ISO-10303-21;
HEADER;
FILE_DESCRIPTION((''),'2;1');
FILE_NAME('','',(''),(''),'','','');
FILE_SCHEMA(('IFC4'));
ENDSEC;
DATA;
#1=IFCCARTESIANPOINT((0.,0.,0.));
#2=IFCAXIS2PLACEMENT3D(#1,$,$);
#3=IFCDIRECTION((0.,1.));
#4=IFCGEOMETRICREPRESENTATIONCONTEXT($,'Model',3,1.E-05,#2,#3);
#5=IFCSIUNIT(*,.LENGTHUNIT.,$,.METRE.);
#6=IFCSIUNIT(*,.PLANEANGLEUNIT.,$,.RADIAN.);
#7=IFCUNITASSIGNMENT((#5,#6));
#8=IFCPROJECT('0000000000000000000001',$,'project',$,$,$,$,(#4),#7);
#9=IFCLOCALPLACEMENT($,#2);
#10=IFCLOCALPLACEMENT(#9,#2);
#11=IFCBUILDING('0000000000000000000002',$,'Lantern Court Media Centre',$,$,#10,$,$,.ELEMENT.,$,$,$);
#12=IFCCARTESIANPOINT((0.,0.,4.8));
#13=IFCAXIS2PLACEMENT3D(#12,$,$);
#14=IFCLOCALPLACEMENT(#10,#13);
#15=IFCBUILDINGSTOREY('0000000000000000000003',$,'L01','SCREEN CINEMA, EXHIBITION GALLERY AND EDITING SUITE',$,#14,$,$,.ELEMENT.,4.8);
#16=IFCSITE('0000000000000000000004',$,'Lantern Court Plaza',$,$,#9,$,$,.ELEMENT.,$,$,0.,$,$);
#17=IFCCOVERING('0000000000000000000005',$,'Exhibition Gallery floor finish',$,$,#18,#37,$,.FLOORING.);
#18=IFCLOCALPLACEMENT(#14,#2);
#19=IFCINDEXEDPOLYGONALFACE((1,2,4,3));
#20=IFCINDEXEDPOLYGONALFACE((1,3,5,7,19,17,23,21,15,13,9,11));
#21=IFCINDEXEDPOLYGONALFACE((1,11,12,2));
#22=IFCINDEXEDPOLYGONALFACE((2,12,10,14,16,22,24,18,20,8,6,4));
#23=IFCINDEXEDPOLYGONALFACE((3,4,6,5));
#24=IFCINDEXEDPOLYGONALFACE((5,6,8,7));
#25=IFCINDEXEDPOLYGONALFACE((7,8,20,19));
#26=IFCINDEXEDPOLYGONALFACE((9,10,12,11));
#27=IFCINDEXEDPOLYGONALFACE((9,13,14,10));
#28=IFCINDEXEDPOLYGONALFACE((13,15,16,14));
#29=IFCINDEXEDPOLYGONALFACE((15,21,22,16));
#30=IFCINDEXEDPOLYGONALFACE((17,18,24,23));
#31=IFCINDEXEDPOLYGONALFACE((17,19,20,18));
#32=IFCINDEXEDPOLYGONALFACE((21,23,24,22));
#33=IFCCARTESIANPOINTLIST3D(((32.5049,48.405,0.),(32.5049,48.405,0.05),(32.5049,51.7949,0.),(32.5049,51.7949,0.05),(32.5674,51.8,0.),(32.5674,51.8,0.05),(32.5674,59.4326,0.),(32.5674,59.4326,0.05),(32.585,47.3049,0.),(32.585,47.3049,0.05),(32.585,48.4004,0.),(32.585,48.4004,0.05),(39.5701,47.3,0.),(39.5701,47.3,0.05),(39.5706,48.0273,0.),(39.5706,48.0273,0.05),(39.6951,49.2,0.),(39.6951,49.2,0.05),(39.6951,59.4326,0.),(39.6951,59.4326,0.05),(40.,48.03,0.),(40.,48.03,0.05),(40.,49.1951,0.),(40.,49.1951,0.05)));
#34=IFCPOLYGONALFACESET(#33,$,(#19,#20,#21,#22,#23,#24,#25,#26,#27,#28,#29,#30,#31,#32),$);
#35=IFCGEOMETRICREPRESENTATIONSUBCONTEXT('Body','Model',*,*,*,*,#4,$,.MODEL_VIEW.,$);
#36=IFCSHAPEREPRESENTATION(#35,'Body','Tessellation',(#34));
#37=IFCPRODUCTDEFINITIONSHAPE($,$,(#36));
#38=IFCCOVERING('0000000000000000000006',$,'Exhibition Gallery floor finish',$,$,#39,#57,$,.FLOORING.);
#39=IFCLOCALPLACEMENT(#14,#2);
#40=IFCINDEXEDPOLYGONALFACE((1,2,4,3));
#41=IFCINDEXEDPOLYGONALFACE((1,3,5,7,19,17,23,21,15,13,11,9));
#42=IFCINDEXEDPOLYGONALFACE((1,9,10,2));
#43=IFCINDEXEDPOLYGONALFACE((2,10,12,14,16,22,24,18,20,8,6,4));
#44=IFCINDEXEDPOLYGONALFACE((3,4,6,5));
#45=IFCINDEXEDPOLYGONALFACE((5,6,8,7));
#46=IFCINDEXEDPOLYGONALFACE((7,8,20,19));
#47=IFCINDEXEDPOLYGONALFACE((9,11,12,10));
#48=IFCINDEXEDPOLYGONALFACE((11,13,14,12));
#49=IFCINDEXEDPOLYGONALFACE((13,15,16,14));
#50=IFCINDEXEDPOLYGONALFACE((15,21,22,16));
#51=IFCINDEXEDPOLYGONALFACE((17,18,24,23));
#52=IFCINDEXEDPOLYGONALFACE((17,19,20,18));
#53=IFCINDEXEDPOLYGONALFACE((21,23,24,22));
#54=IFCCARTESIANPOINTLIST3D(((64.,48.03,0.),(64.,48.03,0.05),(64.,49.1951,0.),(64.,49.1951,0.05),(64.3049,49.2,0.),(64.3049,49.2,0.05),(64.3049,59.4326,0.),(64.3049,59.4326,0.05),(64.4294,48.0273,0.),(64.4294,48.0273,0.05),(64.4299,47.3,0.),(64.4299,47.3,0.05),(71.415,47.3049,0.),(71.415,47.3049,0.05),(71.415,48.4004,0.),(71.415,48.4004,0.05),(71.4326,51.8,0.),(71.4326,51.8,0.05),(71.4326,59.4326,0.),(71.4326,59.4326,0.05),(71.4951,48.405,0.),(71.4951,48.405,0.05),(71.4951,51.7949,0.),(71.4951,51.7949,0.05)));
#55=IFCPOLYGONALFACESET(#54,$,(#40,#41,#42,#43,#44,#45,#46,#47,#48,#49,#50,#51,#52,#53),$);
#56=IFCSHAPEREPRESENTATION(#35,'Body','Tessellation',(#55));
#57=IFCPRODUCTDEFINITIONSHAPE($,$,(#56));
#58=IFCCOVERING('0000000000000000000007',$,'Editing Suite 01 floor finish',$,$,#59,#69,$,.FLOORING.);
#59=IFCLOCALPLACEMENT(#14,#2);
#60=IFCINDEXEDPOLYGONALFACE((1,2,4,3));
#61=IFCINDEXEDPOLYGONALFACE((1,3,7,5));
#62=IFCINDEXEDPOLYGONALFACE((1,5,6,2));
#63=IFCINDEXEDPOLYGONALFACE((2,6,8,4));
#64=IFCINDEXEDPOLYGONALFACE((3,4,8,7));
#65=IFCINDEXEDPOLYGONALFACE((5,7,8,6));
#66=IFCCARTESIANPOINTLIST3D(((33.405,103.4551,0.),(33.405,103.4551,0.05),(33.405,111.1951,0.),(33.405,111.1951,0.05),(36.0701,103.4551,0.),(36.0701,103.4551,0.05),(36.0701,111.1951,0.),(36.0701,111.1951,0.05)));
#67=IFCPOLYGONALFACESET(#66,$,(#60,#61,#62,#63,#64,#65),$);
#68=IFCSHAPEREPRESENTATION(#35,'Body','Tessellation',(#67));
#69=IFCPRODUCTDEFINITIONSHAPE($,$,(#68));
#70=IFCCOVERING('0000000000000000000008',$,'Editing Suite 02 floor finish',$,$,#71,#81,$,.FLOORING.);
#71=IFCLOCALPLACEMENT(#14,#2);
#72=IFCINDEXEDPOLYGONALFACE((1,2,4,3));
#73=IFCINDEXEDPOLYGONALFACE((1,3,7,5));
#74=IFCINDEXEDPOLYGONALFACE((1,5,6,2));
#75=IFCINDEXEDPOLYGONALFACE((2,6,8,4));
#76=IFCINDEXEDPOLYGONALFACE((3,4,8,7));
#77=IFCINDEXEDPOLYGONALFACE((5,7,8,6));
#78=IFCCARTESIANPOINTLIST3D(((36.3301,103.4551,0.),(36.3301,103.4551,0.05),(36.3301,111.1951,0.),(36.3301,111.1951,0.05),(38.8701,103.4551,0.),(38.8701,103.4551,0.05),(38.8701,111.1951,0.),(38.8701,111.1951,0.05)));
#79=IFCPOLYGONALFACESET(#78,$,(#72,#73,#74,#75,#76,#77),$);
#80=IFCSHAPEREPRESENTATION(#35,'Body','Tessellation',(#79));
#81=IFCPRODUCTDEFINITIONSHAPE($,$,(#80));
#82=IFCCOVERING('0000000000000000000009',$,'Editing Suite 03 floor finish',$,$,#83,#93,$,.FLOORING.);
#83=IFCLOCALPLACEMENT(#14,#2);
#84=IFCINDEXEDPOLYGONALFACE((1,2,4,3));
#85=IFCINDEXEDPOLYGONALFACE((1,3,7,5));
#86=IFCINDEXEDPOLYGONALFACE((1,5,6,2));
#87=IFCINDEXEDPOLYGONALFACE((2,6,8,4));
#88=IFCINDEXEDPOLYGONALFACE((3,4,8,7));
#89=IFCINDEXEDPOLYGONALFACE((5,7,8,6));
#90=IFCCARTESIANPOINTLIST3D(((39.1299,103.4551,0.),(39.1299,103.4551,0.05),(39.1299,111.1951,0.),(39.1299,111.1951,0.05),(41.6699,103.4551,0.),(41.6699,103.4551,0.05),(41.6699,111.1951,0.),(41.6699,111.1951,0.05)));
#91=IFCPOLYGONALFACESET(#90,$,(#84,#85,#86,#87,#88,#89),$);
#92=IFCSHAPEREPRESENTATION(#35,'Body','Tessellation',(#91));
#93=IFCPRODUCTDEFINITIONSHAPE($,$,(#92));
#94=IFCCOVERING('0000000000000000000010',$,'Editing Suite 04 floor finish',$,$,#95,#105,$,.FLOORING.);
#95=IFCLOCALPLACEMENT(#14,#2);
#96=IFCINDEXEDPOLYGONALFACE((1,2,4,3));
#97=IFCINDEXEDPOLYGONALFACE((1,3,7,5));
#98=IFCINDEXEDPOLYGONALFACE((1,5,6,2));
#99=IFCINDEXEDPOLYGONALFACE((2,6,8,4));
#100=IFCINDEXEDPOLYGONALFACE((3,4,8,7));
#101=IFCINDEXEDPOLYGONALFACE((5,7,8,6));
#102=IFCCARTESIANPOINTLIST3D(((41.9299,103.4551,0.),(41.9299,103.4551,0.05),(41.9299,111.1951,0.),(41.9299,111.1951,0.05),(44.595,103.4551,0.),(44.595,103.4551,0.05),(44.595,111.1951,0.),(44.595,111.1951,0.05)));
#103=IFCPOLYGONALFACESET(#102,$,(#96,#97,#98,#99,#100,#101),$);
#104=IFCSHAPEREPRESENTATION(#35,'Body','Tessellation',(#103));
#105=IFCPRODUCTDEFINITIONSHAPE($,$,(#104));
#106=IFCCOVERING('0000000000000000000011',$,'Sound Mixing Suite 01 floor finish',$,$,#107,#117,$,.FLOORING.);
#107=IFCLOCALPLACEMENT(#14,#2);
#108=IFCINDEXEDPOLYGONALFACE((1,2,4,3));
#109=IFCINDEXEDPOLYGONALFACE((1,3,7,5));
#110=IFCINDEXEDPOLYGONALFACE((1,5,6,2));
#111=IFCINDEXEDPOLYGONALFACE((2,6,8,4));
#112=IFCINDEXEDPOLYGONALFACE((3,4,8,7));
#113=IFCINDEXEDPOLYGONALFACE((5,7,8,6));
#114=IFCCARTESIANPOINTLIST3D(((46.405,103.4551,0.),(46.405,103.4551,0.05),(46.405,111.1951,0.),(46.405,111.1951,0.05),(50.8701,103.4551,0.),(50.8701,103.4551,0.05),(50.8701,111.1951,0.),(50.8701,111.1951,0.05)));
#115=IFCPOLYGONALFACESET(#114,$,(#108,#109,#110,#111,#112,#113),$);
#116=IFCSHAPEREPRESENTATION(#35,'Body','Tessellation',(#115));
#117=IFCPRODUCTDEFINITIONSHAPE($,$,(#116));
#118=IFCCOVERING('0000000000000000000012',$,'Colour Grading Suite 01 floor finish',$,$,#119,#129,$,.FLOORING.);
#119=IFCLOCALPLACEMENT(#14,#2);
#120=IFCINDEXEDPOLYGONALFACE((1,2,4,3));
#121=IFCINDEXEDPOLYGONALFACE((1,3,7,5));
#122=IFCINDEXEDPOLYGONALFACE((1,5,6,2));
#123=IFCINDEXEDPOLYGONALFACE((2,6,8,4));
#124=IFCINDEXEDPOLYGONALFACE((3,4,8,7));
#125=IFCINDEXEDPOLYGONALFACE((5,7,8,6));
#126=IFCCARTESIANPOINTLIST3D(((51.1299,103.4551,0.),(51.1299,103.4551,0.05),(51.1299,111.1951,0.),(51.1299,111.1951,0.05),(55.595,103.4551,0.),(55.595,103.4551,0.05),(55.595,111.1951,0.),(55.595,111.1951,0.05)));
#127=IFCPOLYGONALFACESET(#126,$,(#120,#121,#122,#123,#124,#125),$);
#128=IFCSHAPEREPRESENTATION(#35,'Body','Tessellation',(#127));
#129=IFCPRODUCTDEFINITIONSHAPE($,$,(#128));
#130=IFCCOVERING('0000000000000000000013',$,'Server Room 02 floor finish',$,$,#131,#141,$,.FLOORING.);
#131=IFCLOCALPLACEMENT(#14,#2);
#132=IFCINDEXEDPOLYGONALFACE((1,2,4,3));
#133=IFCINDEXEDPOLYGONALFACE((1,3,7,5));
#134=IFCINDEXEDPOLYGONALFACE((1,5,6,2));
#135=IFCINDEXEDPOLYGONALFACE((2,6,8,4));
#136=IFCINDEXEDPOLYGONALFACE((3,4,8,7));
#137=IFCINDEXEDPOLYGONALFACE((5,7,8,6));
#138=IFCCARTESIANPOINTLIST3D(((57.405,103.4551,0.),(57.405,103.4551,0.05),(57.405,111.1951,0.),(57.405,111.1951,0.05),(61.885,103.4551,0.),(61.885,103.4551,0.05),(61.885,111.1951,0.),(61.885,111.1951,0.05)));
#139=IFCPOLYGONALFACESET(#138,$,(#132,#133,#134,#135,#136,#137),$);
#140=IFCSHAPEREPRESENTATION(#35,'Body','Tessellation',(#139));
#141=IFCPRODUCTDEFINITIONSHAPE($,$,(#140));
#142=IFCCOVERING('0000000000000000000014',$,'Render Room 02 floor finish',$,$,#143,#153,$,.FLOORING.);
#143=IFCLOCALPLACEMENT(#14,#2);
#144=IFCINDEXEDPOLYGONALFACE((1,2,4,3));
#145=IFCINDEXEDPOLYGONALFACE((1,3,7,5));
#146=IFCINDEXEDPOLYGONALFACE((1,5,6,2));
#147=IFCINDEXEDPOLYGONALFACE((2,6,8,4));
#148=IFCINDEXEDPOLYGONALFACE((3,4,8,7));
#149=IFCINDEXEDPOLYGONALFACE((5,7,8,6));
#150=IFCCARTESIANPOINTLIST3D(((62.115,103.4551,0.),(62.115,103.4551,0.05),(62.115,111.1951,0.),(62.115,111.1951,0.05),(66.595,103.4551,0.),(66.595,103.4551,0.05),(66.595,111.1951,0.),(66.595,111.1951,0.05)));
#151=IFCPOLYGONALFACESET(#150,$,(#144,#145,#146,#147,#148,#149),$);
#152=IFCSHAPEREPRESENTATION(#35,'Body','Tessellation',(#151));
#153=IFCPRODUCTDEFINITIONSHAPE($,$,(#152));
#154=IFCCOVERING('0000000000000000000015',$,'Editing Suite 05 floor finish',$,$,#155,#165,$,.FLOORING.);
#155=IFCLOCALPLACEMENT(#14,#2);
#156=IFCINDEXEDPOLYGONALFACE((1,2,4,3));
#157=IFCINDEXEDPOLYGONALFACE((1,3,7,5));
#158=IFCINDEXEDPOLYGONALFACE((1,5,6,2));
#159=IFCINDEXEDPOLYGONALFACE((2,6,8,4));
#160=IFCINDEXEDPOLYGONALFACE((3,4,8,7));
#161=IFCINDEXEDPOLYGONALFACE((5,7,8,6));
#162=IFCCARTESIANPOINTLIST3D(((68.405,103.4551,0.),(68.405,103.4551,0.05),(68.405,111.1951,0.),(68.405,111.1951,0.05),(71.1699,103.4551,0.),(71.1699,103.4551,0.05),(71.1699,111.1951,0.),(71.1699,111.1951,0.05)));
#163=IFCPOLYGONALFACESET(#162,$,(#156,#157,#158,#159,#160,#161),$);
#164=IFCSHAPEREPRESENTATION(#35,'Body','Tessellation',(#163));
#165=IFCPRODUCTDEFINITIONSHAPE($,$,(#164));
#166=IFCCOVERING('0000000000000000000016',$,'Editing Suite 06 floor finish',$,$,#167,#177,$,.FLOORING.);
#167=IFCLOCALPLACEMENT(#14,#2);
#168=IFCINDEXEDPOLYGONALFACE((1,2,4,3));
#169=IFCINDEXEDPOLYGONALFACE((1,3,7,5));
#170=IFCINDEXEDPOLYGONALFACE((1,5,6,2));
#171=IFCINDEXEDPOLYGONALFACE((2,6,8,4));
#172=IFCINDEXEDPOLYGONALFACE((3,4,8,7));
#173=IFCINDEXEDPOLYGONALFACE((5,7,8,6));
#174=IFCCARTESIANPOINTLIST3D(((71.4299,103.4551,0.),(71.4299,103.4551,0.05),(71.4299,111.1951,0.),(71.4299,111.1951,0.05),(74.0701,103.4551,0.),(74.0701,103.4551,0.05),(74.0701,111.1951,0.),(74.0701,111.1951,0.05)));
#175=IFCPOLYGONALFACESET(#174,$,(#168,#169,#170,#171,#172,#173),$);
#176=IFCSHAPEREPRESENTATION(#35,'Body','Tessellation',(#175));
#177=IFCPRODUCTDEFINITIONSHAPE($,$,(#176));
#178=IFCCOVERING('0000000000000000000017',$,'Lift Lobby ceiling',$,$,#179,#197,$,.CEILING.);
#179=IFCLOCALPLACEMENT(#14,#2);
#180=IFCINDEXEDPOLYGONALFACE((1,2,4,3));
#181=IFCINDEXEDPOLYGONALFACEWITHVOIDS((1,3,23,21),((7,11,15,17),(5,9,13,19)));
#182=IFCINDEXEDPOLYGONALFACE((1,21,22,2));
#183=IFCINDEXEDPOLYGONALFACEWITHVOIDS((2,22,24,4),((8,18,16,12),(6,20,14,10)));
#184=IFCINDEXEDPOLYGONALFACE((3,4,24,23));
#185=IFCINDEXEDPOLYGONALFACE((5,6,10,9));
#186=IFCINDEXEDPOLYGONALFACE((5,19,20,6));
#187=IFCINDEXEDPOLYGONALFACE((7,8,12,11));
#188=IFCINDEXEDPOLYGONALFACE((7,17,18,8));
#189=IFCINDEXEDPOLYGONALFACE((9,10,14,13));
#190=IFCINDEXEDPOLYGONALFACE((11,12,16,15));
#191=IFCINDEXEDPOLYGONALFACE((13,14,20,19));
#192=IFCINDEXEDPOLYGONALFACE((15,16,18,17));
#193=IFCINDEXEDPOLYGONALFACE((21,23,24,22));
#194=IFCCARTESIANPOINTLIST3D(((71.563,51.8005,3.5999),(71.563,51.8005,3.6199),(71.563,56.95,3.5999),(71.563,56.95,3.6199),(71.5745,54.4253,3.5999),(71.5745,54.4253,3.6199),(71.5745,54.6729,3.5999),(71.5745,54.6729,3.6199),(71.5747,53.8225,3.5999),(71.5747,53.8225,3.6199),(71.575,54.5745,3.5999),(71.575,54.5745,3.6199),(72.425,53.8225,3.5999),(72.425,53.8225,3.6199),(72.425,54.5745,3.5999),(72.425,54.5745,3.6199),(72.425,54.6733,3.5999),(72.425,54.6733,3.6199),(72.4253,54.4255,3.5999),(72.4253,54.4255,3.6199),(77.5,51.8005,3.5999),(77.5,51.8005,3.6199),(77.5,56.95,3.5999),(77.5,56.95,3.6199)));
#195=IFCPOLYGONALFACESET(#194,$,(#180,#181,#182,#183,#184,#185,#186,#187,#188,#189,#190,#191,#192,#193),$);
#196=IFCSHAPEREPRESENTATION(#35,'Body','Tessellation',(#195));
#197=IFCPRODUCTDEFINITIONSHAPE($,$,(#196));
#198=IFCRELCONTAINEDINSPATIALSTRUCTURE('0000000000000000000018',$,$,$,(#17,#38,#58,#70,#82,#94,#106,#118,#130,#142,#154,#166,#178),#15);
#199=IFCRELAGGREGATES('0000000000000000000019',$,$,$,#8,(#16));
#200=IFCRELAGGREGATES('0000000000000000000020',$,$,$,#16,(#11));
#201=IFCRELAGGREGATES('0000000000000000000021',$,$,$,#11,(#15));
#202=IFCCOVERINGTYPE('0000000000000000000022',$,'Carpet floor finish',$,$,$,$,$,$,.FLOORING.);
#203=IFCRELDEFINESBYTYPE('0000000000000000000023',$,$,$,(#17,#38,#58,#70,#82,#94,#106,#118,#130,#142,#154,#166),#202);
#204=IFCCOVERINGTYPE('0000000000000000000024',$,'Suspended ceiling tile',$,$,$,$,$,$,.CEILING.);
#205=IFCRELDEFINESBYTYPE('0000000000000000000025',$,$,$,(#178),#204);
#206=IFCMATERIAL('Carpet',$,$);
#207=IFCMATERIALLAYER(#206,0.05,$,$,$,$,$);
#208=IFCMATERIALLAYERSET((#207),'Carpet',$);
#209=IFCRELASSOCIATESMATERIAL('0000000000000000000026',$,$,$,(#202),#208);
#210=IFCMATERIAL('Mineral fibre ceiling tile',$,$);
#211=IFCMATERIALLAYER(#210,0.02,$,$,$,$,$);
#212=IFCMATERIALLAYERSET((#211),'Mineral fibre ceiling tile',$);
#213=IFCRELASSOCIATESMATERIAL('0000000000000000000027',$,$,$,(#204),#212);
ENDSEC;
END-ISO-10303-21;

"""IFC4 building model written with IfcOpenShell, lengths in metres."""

from ifc_helpers import new_model, si_unit, direction, frame, origin, place, context, subcontext, project, spatial, polyline, outline, extrude, material, layer, layer_set, type_object, element, save


model = new_model("IFC4")

# Units and contexts
model_context = context("Model", 3, precision=1e-05, world=origin(), true_north=direction((0.0, 1.0)))
body_context = subcontext(model_context, "Body", "Model", "MODEL_VIEW")
ifc_project = project(units=[si_unit("LENGTHUNIT", "METRE"), si_unit("PLANEANGLEUNIT", "RADIAN")], contexts=[model_context])

# Site, building, storey
site_placement = place(None, origin())
site = spatial("IfcSite", under=ifc_project, at=site_placement, Name="Lantern Court Plaza", CompositionType="ELEMENT", RefElevation=0.0)
building_placement = place(site_placement, origin())
building = spatial("IfcBuilding", under=site, at=building_placement, Name="Lantern Court Media Centre", CompositionType="ELEMENT")
storey_placement = place(building_placement, frame((0.0, 0.0, 4.8)))
storey = spatial("IfcBuildingStorey", under=building, at=storey_placement, Name="L01", Description="SCREEN CINEMA, EXHIBITION GALLERY AND EDITING SUITE", CompositionType="ELEMENT", Elevation=4.8)

# Coverings
ifc_material_1 = material(Name="Carpet")
ifc_layer_1 = layer(ifc_material_1, 0.05)
ifc_layer_set_1 = layer_set([ifc_layer_1], Name="Carpet")
covering_type_1 = type_object("IfcCoveringType", Name="Carpet floor finish", PredefinedType="FLOORING", material=ifc_layer_set_1)
covering_1_placement = place(storey_placement, origin())
element("IfcCovering", 1, at=covering_1_placement, inside=storey, type_object=covering_type_1, Name="Exhibition Gallery floor finish", PredefinedType="FLOORING", context=body_context, shape_type="SweptSolid", body=[
    extrude(outline(polyline([(40.0, 48.03), (39.5706, 48.0273), (39.5701, 47.3), (32.585, 47.3049), (32.585, 48.4004), (32.5049, 48.405), (32.5049, 51.7949), (32.5674, 51.8), (32.5674, 59.4326), (39.6951, 59.4326), (39.6951, 49.2), (40.0, 49.1951), (40.0, 48.03)])), origin(), (0.0, 0.0, 1.0), 0.05),
])
covering_2_placement = place(storey_placement, origin())
element("IfcCovering", 2, at=covering_2_placement, inside=storey, type_object=covering_type_1, Name="Exhibition Gallery floor finish", PredefinedType="FLOORING", context=body_context, shape_type="SweptSolid", body=[
    extrude(outline(polyline([(64.0, 49.1951), (64.3049, 49.2), (64.3049, 59.4326), (71.4326, 59.4326), (71.4326, 51.8), (71.4951, 51.7949), (71.4951, 48.405), (71.415, 48.4004), (71.415, 47.3049), (64.4299, 47.3), (64.4294, 48.0273), (64.0, 48.03), (64.0, 49.1951)])), origin(), (0.0, 0.0, 1.0), 0.05),
])
covering_3_placement = place(storey_placement, origin())
element("IfcCovering", 3, at=covering_3_placement, inside=storey, type_object=covering_type_1, Name="Editing Suite 01 floor finish", PredefinedType="FLOORING", context=body_context, shape_type="SweptSolid", body=[
    extrude(outline(polyline([(33.405, 103.4551), (33.405, 111.1951), (36.0701, 111.1951), (36.0701, 103.4551), (33.405, 103.4551)])), origin(), (0.0, 0.0, 1.0), 0.05),
])
covering_4_placement = place(storey_placement, origin())
element("IfcCovering", 4, at=covering_4_placement, inside=storey, type_object=covering_type_1, Name="Editing Suite 02 floor finish", PredefinedType="FLOORING", context=body_context, shape_type="SweptSolid", body=[
    extrude(outline(polyline([(36.3301, 111.1951), (38.8701, 111.1951), (38.8701, 103.4551), (36.3301, 103.4551), (36.3301, 111.1951)])), origin(), (0.0, 0.0, 1.0), 0.05),
])
covering_5_placement = place(storey_placement, origin())
element("IfcCovering", 5, at=covering_5_placement, inside=storey, type_object=covering_type_1, Name="Editing Suite 03 floor finish", PredefinedType="FLOORING", context=body_context, shape_type="SweptSolid", body=[
    extrude(outline(polyline([(39.1299, 111.1951), (41.6699, 111.1951), (41.6699, 103.4551), (39.1299, 103.4551), (39.1299, 111.1951)])), origin(), (0.0, 0.0, 1.0), 0.05),
])
covering_6_placement = place(storey_placement, origin())
element("IfcCovering", 6, at=covering_6_placement, inside=storey, type_object=covering_type_1, Name="Editing Suite 04 floor finish", PredefinedType="FLOORING", context=body_context, shape_type="SweptSolid", body=[
    extrude(outline(polyline([(41.9299, 111.1951), (44.595, 111.1951), (44.595, 103.4551), (41.9299, 103.4551), (41.9299, 111.1951)])), origin(), (0.0, 0.0, 1.0), 0.05),
])
covering_7_placement = place(storey_placement, origin())
element("IfcCovering", 7, at=covering_7_placement, inside=storey, type_object=covering_type_1, Name="Sound Mixing Suite 01 floor finish", PredefinedType="FLOORING", context=body_context, shape_type="SweptSolid", body=[
    extrude(outline(polyline([(46.405, 103.4551), (46.405, 111.1951), (50.8701, 111.1951), (50.8701, 103.4551), (46.405, 103.4551)])), origin(), (0.0, 0.0, 1.0), 0.05),
])
covering_8_placement = place(storey_placement, origin())
element("IfcCovering", 8, at=covering_8_placement, inside=storey, type_object=covering_type_1, Name="Colour Grading Suite 01 floor finish", PredefinedType="FLOORING", context=body_context, shape_type="SweptSolid", body=[
    extrude(outline(polyline([(51.1299, 111.1951), (55.595, 111.1951), (55.595, 103.4551), (51.1299, 103.4551), (51.1299, 111.1951)])), origin(), (0.0, 0.0, 1.0), 0.05),
])
covering_9_placement = place(storey_placement, origin())
element("IfcCovering", 9, at=covering_9_placement, inside=storey, type_object=covering_type_1, Name="Server Room 02 floor finish", PredefinedType="FLOORING", context=body_context, shape_type="SweptSolid", body=[
    extrude(outline(polyline([(57.405, 103.4551), (57.405, 111.1951), (61.885, 111.1951), (61.885, 103.4551), (57.405, 103.4551)])), origin(), (0.0, 0.0, 1.0), 0.05),
])
covering_10_placement = place(storey_placement, origin())
element("IfcCovering", 10, at=covering_10_placement, inside=storey, type_object=covering_type_1, Name="Render Room 02 floor finish", PredefinedType="FLOORING", context=body_context, shape_type="SweptSolid", body=[
    extrude(outline(polyline([(62.115, 111.1951), (66.595, 111.1951), (66.595, 103.4551), (62.115, 103.4551), (62.115, 111.1951)])), origin(), (0.0, 0.0, 1.0), 0.05),
])
covering_11_placement = place(storey_placement, origin())
element("IfcCovering", 11, at=covering_11_placement, inside=storey, type_object=covering_type_1, Name="Editing Suite 05 floor finish", PredefinedType="FLOORING", context=body_context, shape_type="SweptSolid", body=[
    extrude(outline(polyline([(68.405, 103.4551), (68.405, 111.1951), (71.1699, 111.1951), (71.1699, 103.4551), (68.405, 103.4551)])), origin(), (0.0, 0.0, 1.0), 0.05),
])
covering_12_placement = place(storey_placement, origin())
element("IfcCovering", 12, at=covering_12_placement, inside=storey, type_object=covering_type_1, Name="Editing Suite 06 floor finish", PredefinedType="FLOORING", context=body_context, shape_type="SweptSolid", body=[
    extrude(outline(polyline([(71.4299, 111.1951), (74.0701, 111.1951), (74.0701, 103.4551), (71.4299, 103.4551), (71.4299, 111.1951)])), origin(), (0.0, 0.0, 1.0), 0.05),
])
ifc_material_2 = material(Name="Mineral fibre ceiling tile")
ifc_layer_2 = layer(ifc_material_2, 0.02)
ifc_layer_set_2 = layer_set([ifc_layer_2], Name="Mineral fibre ceiling tile")
covering_type_2 = type_object("IfcCoveringType", Name="Suspended ceiling tile", PredefinedType="CEILING", material=ifc_layer_set_2)
covering_13_placement = place(storey_placement, frame((0.0, 0.0, 3.5999)))
element("IfcCovering", 13, at=covering_13_placement, inside=storey, type_object=covering_type_2, Name="Lift Lobby ceiling", PredefinedType="CEILING", context=body_context, shape_type="SweptSolid", body=[
    extrude(outline(polyline([(77.5, 56.95), (77.5, 51.8005), (71.563, 51.8005), (71.563, 56.95), (77.5, 56.95)]), holes=[polyline([(72.425, 53.8225), (72.4253, 54.4255), (71.5745, 54.4253), (71.5747, 53.8225), (72.425, 53.8225)]), polyline([(72.425, 54.5745), (72.425, 54.6733), (71.5745, 54.6729), (71.575, 54.5745), (72.425, 54.5745)])]), origin(), (0.0, 0.0, 1.0), 0.02),
])

save(model, "model.ifc")
